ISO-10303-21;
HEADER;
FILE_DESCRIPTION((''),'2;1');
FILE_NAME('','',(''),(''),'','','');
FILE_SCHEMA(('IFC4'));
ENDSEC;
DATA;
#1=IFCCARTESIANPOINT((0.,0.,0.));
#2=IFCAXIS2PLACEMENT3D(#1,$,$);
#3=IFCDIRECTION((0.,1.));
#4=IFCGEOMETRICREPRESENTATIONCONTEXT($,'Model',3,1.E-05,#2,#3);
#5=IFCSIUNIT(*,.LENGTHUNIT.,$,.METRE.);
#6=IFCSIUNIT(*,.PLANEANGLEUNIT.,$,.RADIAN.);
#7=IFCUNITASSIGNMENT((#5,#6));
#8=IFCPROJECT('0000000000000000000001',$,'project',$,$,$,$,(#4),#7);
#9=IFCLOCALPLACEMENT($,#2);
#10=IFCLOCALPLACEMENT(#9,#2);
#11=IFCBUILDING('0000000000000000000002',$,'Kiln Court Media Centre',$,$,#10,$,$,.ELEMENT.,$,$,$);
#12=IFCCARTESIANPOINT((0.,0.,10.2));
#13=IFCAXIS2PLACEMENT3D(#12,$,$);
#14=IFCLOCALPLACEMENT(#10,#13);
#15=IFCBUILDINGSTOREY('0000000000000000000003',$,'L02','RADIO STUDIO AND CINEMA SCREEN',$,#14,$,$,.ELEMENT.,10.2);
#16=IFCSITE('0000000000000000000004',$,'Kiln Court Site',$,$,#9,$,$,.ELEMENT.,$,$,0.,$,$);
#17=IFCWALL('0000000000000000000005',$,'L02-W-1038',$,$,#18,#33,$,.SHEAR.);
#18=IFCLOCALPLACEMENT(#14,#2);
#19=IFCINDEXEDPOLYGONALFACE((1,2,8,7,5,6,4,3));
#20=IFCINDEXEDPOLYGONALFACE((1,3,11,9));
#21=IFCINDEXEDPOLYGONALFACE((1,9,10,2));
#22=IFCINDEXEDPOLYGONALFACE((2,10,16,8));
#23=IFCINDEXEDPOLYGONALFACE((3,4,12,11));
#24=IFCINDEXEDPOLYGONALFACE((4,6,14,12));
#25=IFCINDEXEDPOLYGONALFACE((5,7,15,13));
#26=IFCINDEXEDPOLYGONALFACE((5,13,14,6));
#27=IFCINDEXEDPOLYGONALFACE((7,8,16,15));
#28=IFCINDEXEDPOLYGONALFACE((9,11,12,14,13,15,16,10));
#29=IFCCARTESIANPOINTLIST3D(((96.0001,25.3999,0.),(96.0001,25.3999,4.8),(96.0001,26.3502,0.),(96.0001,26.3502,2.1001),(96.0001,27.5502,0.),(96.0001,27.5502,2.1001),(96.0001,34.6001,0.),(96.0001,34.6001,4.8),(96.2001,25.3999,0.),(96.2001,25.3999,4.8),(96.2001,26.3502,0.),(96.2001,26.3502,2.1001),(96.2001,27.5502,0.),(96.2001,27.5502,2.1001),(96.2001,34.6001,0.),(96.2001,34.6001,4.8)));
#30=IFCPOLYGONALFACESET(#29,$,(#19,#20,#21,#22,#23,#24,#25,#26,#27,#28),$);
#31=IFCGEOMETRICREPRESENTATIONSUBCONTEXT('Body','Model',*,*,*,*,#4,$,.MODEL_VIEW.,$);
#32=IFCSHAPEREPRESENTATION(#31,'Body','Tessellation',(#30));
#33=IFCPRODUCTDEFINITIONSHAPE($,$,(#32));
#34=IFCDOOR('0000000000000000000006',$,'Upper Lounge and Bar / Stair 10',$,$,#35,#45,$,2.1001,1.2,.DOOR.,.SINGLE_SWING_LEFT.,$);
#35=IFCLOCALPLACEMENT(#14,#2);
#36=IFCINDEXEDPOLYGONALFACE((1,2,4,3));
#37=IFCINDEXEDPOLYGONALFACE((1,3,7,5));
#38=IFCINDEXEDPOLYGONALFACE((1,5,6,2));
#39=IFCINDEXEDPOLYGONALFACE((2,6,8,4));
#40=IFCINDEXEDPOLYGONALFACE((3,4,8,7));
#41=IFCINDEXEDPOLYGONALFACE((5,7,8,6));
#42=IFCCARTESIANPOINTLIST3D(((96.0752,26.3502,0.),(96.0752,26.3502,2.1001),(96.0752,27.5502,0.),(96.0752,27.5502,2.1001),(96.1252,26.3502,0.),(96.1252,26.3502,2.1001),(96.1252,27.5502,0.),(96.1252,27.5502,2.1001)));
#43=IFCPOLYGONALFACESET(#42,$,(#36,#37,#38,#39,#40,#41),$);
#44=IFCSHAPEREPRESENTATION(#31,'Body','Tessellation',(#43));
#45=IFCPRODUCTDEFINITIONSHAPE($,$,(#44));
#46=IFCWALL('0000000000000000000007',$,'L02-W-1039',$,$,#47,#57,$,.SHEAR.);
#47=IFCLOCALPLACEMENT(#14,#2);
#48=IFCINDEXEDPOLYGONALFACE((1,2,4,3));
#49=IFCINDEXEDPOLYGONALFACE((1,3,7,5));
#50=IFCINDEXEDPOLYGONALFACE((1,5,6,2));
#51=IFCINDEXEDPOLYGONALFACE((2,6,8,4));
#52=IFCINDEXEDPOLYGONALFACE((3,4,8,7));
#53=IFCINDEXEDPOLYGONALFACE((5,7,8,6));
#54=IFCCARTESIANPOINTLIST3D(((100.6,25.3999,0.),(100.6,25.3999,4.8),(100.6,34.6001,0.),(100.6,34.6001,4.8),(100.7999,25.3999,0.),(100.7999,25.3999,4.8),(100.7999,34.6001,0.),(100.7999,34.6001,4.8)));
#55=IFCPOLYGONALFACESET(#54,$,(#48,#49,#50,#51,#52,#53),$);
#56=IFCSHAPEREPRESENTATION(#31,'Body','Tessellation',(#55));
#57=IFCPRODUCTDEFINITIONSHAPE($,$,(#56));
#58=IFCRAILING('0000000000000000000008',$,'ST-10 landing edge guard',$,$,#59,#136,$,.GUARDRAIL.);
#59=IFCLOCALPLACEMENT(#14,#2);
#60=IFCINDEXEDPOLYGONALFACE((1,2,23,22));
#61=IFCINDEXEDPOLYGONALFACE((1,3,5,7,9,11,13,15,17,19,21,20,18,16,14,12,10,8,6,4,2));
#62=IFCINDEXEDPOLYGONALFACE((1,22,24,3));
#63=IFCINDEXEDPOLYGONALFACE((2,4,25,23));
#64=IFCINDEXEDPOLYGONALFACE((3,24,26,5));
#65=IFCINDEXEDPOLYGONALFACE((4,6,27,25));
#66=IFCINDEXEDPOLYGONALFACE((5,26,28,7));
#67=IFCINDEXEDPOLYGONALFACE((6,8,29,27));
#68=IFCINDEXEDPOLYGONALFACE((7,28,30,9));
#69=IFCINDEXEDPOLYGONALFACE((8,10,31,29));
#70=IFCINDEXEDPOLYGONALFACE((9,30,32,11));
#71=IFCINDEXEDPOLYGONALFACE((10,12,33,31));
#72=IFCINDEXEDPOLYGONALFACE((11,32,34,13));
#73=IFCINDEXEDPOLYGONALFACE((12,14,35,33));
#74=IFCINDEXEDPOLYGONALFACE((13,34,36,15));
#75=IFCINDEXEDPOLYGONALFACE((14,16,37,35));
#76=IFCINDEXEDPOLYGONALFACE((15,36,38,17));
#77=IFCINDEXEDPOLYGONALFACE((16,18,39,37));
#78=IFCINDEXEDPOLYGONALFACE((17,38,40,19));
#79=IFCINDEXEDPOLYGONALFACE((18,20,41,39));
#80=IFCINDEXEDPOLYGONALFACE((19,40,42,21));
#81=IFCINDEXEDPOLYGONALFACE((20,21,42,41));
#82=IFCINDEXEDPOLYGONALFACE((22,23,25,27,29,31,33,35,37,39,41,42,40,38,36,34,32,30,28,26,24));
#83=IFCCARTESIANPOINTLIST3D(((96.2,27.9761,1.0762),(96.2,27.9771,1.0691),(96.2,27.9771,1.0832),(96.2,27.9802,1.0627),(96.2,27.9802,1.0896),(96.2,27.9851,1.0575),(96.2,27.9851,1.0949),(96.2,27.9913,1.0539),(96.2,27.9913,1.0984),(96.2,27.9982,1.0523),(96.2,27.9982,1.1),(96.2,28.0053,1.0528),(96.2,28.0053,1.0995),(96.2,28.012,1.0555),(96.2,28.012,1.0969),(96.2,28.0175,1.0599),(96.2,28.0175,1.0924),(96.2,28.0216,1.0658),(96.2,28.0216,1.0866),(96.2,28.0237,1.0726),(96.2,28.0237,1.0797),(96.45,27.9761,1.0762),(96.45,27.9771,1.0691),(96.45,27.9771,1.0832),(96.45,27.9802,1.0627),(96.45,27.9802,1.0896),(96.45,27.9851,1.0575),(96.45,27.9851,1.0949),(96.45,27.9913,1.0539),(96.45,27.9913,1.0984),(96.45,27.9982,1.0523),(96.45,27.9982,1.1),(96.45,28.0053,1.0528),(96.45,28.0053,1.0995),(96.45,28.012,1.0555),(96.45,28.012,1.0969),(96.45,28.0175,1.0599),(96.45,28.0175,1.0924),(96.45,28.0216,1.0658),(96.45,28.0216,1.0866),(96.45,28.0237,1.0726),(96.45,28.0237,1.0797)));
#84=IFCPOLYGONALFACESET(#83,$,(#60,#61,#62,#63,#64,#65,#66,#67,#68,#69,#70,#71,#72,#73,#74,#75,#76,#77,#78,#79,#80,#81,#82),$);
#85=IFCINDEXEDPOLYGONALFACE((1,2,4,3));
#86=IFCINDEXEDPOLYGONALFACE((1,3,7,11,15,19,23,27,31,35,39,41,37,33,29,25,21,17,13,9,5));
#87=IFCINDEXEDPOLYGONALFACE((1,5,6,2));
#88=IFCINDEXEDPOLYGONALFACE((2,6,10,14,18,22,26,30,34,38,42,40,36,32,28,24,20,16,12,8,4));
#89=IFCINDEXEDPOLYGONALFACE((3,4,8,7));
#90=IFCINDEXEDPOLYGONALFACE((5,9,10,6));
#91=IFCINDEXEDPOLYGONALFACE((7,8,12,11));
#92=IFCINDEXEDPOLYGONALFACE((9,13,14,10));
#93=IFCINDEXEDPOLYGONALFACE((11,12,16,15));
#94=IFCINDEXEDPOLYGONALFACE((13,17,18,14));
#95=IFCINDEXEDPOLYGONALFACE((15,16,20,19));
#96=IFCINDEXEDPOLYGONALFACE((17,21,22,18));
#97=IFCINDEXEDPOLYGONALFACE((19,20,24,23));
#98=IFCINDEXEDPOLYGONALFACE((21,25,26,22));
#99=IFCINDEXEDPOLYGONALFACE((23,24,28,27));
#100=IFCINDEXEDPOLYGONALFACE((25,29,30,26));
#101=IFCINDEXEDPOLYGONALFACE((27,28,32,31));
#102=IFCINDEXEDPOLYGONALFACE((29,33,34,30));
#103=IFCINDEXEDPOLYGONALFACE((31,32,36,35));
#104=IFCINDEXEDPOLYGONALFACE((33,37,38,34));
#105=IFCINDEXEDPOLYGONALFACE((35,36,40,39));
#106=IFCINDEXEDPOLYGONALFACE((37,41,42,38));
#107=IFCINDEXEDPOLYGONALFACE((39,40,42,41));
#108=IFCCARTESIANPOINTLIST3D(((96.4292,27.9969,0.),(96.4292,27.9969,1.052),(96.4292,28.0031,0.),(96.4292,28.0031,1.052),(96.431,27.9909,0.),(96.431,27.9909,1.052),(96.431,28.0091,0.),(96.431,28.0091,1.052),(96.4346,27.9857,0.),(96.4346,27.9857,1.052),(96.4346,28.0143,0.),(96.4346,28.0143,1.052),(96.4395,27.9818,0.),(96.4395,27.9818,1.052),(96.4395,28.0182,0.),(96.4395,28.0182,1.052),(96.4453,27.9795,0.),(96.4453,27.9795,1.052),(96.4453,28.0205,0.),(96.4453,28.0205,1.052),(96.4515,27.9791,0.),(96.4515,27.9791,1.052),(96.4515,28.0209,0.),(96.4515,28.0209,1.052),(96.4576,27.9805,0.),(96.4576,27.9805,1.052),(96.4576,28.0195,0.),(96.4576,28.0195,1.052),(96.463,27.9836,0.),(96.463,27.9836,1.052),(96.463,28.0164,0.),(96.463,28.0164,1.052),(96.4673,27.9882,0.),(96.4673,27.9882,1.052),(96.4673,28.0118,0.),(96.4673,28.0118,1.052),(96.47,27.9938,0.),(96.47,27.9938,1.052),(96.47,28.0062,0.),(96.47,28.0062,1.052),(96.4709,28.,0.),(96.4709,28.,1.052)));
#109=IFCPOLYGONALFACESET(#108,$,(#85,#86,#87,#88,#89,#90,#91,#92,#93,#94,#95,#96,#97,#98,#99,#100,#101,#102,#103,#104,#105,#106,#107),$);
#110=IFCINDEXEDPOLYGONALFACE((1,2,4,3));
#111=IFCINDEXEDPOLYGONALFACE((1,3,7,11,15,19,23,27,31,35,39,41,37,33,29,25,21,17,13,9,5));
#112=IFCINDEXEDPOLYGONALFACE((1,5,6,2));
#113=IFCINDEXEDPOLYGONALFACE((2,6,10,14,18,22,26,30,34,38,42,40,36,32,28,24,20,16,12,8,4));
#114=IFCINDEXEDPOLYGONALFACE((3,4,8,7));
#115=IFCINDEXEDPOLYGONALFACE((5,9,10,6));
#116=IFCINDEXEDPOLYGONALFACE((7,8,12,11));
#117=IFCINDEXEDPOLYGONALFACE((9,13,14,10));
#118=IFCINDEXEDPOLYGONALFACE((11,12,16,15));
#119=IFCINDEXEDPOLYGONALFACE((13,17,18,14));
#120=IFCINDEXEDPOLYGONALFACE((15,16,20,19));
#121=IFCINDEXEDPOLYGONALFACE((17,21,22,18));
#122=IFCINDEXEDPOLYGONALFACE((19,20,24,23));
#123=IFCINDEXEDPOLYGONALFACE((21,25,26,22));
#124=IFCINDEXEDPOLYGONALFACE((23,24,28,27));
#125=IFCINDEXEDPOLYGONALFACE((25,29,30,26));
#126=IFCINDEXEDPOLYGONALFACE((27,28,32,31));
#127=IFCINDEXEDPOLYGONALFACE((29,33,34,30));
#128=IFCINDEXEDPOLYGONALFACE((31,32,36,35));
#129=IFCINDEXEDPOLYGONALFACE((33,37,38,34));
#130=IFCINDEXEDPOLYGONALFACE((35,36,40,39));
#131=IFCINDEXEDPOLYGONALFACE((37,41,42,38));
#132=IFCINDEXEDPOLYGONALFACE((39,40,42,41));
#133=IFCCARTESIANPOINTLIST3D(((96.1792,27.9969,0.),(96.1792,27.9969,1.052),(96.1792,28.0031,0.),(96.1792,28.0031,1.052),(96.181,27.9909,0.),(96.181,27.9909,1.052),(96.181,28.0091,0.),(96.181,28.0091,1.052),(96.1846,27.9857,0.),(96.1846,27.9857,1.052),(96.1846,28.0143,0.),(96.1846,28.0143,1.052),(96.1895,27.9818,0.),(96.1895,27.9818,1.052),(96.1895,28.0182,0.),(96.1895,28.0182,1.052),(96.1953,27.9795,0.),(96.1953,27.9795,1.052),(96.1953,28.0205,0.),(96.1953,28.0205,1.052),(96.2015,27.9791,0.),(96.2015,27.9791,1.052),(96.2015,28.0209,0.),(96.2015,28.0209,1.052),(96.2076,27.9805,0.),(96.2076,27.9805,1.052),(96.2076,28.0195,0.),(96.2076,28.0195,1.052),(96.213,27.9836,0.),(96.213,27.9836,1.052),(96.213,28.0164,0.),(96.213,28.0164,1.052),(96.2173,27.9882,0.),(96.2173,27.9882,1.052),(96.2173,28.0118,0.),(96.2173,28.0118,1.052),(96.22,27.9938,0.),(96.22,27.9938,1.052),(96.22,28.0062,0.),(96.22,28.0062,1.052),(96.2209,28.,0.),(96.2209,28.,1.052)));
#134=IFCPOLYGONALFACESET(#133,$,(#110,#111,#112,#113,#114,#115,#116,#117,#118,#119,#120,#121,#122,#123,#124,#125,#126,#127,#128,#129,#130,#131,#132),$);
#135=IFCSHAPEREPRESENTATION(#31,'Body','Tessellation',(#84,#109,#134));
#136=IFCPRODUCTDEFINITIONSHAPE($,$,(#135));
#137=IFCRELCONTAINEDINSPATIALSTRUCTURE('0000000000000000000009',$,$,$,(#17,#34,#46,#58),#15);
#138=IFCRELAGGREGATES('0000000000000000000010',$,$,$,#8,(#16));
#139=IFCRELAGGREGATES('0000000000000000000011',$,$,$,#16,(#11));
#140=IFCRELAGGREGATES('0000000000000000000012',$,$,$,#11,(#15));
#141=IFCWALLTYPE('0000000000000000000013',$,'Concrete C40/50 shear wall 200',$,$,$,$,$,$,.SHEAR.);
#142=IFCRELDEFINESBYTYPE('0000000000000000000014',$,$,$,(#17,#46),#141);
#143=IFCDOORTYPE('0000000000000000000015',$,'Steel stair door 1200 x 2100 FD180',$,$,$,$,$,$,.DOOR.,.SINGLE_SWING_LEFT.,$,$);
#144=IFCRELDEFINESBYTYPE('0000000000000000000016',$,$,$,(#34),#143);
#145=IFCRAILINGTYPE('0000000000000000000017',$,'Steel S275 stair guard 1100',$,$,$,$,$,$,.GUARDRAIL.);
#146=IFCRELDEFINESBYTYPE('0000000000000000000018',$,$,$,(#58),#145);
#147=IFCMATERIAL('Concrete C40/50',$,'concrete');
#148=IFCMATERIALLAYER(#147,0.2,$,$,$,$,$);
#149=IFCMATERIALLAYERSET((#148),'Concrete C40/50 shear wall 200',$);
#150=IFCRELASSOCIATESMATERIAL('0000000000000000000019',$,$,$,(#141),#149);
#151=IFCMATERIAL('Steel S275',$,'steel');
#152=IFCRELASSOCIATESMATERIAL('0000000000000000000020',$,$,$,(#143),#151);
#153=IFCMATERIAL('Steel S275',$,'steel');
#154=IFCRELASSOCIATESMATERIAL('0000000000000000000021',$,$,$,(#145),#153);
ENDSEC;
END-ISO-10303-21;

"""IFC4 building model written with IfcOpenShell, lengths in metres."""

from ifc_helpers import new_model, si_unit, direction, frame, frame_2d, origin, origin_2d, place, context, subcontext, project, spatial, rectangle, circle, extrude, material, layer, layer_set, type_object, element, fill, save


model = new_model("IFC4")

# Units and contexts
model_context = context("Model", 3, precision=1e-05, world=origin(), true_north=direction((0.0, 1.0)))
body_context = subcontext(model_context, "Body", "Model", "MODEL_VIEW")
ifc_project = project(units=[si_unit("LENGTHUNIT", "METRE"), si_unit("PLANEANGLEUNIT", "RADIAN")], contexts=[model_context])

# Site, building, storey
site_placement = place(None, origin())
site = spatial("IfcSite", under=ifc_project, at=site_placement, Name="Kiln Court Site", CompositionType="ELEMENT", RefElevation=0.0)
building_placement = place(site_placement, origin())
building = spatial("IfcBuilding", under=site, at=building_placement, Name="Kiln Court Media Centre", CompositionType="ELEMENT")
storey_placement = place(building_placement, frame((0.0, 0.0, 10.2)))
storey = spatial("IfcBuildingStorey", under=building, at=storey_placement, Name="L02", Description="RADIO STUDIO AND CINEMA SCREEN", CompositionType="ELEMENT", Elevation=10.2)

# Shared definitions
ifc_material_1 = material(Name="Concrete C40/50", Category="concrete")
ifc_layer_1 = layer(ifc_material_1, 0.2)
ifc_layer_set_1 = layer_set([ifc_layer_1], Name="Concrete C40/50 shear wall 200")
wall_type = type_object("IfcWallType", Name="Concrete C40/50 shear wall 200", PredefinedType="SHEAR", material=ifc_layer_set_1)

# Wall, opening, door
wall_1_placement = place(storey_placement, frame((96.1001, 25.3999, 0.0), z_axis=(0.0, 0.0, 1.0), x_axis=(0.0, 1.0, 0.0)))
wall_1 = element("IfcWall", 1, at=wall_1_placement, inside=storey, type_object=wall_type, Name="L02-W-1038", PredefinedType="SHEAR", context=body_context, shape_type="SweptSolid", body=[
    extrude(rectangle(XDim=9.2002, YDim=0.2, at=frame_2d((4.6001, 0.0))), origin(), (0.0, 0.0, 1.0), 4.8),
])
opening_placement = place(wall_1_placement, frame((0.9502, 0.0, 0.0)))
opening = element("IfcOpeningElement", 2, at=opening_placement, cuts=wall_1, PredefinedType="OPENING", context=body_context, shape_type="SweptSolid", body=[
    extrude(rectangle(XDim=1.2, YDim=2.1001, at=frame_2d((0.6001, 1.05))), frame((0.0, 0.1099, 0.0), z_axis=(0.0, -1.0, 0.0), x_axis=(1.0, 0.0, 0.0)), (0.0, 0.0, 1.0), 0.22),
])
ifc_material_2 = material(Name="Steel S275", Category="steel")
door_type = type_object("IfcDoorType", Name="Steel stair door 1200 x 2100 FD180", OperationType="SINGLE_SWING_LEFT", PredefinedType="DOOR", material=ifc_material_2)
door_placement = place(opening_placement, origin())
door = element("IfcDoor", 3, at=door_placement, inside=storey, type_object=door_type, Name="Upper Lounge and Bar / Stair 10", OperationType="SINGLE_SWING_LEFT", OverallHeight=2.1001, OverallWidth=1.2, PredefinedType="DOOR", context=body_context, shape_type="SweptSolid", body=[
    extrude(rectangle(XDim=1.2, YDim=2.1001, at=frame_2d((0.6001, 1.05))), frame((0.0, 0.0249, 0.0), z_axis=(0.0, -1.0, 0.0), x_axis=(1.0, 0.0, 0.0)), (0.0, 0.0, 1.0), 0.05),
])
fill(opening, door)

# Wall
wall_2_placement = place(storey_placement, frame((100.7, 34.6001, 0.0), z_axis=(0.0, 0.0, 1.0), x_axis=(0.0, -1.0, 0.0)))
element("IfcWall", 4, at=wall_2_placement, inside=storey, type_object=wall_type, Name="L02-W-1039", PredefinedType="SHEAR", context=body_context, shape_type="SweptSolid", body=[
    extrude(rectangle(XDim=9.2002, YDim=0.2, at=frame_2d((4.6001, 0.0))), origin(), (0.0, 0.0, 1.0), 4.8),
])

# Railing
ifc_material_3 = material(Name="Steel S275", Category="steel")
railing_type = type_object("IfcRailingType", Name="Steel S275 stair guard 1100", PredefinedType="GUARDRAIL", material=ifc_material_3)
railing_1_placement = place(storey_placement, frame((96.45, 28.0, 0.0)))
element("IfcRailing", 5, at=railing_1_placement, inside=storey, type_object=railing_type, Name="ST-10 landing edge guard", PredefinedType="GUARDRAIL", context=body_context, shape_type="SweptSolid", body=[
    extrude(circle(Radius=0.0239, at=origin_2d()), frame((0.0, 0.0, 1.0762), z_axis=(-1.0, 0.0, 0.0), x_axis=(0.0, -1.0, 0.0)), (0.0, 0.0, 1.0), 0.25),
    extrude(circle(Radius=0.021, at=origin_2d()), origin(), (0.0, 0.0, 1.0), 1.052),
    extrude(circle(Radius=0.021, at=origin_2d()), frame((-0.25, 0.0, 0.0)), (0.0, 0.0, 1.0), 1.052),
])

save(model, "model.ifc")
